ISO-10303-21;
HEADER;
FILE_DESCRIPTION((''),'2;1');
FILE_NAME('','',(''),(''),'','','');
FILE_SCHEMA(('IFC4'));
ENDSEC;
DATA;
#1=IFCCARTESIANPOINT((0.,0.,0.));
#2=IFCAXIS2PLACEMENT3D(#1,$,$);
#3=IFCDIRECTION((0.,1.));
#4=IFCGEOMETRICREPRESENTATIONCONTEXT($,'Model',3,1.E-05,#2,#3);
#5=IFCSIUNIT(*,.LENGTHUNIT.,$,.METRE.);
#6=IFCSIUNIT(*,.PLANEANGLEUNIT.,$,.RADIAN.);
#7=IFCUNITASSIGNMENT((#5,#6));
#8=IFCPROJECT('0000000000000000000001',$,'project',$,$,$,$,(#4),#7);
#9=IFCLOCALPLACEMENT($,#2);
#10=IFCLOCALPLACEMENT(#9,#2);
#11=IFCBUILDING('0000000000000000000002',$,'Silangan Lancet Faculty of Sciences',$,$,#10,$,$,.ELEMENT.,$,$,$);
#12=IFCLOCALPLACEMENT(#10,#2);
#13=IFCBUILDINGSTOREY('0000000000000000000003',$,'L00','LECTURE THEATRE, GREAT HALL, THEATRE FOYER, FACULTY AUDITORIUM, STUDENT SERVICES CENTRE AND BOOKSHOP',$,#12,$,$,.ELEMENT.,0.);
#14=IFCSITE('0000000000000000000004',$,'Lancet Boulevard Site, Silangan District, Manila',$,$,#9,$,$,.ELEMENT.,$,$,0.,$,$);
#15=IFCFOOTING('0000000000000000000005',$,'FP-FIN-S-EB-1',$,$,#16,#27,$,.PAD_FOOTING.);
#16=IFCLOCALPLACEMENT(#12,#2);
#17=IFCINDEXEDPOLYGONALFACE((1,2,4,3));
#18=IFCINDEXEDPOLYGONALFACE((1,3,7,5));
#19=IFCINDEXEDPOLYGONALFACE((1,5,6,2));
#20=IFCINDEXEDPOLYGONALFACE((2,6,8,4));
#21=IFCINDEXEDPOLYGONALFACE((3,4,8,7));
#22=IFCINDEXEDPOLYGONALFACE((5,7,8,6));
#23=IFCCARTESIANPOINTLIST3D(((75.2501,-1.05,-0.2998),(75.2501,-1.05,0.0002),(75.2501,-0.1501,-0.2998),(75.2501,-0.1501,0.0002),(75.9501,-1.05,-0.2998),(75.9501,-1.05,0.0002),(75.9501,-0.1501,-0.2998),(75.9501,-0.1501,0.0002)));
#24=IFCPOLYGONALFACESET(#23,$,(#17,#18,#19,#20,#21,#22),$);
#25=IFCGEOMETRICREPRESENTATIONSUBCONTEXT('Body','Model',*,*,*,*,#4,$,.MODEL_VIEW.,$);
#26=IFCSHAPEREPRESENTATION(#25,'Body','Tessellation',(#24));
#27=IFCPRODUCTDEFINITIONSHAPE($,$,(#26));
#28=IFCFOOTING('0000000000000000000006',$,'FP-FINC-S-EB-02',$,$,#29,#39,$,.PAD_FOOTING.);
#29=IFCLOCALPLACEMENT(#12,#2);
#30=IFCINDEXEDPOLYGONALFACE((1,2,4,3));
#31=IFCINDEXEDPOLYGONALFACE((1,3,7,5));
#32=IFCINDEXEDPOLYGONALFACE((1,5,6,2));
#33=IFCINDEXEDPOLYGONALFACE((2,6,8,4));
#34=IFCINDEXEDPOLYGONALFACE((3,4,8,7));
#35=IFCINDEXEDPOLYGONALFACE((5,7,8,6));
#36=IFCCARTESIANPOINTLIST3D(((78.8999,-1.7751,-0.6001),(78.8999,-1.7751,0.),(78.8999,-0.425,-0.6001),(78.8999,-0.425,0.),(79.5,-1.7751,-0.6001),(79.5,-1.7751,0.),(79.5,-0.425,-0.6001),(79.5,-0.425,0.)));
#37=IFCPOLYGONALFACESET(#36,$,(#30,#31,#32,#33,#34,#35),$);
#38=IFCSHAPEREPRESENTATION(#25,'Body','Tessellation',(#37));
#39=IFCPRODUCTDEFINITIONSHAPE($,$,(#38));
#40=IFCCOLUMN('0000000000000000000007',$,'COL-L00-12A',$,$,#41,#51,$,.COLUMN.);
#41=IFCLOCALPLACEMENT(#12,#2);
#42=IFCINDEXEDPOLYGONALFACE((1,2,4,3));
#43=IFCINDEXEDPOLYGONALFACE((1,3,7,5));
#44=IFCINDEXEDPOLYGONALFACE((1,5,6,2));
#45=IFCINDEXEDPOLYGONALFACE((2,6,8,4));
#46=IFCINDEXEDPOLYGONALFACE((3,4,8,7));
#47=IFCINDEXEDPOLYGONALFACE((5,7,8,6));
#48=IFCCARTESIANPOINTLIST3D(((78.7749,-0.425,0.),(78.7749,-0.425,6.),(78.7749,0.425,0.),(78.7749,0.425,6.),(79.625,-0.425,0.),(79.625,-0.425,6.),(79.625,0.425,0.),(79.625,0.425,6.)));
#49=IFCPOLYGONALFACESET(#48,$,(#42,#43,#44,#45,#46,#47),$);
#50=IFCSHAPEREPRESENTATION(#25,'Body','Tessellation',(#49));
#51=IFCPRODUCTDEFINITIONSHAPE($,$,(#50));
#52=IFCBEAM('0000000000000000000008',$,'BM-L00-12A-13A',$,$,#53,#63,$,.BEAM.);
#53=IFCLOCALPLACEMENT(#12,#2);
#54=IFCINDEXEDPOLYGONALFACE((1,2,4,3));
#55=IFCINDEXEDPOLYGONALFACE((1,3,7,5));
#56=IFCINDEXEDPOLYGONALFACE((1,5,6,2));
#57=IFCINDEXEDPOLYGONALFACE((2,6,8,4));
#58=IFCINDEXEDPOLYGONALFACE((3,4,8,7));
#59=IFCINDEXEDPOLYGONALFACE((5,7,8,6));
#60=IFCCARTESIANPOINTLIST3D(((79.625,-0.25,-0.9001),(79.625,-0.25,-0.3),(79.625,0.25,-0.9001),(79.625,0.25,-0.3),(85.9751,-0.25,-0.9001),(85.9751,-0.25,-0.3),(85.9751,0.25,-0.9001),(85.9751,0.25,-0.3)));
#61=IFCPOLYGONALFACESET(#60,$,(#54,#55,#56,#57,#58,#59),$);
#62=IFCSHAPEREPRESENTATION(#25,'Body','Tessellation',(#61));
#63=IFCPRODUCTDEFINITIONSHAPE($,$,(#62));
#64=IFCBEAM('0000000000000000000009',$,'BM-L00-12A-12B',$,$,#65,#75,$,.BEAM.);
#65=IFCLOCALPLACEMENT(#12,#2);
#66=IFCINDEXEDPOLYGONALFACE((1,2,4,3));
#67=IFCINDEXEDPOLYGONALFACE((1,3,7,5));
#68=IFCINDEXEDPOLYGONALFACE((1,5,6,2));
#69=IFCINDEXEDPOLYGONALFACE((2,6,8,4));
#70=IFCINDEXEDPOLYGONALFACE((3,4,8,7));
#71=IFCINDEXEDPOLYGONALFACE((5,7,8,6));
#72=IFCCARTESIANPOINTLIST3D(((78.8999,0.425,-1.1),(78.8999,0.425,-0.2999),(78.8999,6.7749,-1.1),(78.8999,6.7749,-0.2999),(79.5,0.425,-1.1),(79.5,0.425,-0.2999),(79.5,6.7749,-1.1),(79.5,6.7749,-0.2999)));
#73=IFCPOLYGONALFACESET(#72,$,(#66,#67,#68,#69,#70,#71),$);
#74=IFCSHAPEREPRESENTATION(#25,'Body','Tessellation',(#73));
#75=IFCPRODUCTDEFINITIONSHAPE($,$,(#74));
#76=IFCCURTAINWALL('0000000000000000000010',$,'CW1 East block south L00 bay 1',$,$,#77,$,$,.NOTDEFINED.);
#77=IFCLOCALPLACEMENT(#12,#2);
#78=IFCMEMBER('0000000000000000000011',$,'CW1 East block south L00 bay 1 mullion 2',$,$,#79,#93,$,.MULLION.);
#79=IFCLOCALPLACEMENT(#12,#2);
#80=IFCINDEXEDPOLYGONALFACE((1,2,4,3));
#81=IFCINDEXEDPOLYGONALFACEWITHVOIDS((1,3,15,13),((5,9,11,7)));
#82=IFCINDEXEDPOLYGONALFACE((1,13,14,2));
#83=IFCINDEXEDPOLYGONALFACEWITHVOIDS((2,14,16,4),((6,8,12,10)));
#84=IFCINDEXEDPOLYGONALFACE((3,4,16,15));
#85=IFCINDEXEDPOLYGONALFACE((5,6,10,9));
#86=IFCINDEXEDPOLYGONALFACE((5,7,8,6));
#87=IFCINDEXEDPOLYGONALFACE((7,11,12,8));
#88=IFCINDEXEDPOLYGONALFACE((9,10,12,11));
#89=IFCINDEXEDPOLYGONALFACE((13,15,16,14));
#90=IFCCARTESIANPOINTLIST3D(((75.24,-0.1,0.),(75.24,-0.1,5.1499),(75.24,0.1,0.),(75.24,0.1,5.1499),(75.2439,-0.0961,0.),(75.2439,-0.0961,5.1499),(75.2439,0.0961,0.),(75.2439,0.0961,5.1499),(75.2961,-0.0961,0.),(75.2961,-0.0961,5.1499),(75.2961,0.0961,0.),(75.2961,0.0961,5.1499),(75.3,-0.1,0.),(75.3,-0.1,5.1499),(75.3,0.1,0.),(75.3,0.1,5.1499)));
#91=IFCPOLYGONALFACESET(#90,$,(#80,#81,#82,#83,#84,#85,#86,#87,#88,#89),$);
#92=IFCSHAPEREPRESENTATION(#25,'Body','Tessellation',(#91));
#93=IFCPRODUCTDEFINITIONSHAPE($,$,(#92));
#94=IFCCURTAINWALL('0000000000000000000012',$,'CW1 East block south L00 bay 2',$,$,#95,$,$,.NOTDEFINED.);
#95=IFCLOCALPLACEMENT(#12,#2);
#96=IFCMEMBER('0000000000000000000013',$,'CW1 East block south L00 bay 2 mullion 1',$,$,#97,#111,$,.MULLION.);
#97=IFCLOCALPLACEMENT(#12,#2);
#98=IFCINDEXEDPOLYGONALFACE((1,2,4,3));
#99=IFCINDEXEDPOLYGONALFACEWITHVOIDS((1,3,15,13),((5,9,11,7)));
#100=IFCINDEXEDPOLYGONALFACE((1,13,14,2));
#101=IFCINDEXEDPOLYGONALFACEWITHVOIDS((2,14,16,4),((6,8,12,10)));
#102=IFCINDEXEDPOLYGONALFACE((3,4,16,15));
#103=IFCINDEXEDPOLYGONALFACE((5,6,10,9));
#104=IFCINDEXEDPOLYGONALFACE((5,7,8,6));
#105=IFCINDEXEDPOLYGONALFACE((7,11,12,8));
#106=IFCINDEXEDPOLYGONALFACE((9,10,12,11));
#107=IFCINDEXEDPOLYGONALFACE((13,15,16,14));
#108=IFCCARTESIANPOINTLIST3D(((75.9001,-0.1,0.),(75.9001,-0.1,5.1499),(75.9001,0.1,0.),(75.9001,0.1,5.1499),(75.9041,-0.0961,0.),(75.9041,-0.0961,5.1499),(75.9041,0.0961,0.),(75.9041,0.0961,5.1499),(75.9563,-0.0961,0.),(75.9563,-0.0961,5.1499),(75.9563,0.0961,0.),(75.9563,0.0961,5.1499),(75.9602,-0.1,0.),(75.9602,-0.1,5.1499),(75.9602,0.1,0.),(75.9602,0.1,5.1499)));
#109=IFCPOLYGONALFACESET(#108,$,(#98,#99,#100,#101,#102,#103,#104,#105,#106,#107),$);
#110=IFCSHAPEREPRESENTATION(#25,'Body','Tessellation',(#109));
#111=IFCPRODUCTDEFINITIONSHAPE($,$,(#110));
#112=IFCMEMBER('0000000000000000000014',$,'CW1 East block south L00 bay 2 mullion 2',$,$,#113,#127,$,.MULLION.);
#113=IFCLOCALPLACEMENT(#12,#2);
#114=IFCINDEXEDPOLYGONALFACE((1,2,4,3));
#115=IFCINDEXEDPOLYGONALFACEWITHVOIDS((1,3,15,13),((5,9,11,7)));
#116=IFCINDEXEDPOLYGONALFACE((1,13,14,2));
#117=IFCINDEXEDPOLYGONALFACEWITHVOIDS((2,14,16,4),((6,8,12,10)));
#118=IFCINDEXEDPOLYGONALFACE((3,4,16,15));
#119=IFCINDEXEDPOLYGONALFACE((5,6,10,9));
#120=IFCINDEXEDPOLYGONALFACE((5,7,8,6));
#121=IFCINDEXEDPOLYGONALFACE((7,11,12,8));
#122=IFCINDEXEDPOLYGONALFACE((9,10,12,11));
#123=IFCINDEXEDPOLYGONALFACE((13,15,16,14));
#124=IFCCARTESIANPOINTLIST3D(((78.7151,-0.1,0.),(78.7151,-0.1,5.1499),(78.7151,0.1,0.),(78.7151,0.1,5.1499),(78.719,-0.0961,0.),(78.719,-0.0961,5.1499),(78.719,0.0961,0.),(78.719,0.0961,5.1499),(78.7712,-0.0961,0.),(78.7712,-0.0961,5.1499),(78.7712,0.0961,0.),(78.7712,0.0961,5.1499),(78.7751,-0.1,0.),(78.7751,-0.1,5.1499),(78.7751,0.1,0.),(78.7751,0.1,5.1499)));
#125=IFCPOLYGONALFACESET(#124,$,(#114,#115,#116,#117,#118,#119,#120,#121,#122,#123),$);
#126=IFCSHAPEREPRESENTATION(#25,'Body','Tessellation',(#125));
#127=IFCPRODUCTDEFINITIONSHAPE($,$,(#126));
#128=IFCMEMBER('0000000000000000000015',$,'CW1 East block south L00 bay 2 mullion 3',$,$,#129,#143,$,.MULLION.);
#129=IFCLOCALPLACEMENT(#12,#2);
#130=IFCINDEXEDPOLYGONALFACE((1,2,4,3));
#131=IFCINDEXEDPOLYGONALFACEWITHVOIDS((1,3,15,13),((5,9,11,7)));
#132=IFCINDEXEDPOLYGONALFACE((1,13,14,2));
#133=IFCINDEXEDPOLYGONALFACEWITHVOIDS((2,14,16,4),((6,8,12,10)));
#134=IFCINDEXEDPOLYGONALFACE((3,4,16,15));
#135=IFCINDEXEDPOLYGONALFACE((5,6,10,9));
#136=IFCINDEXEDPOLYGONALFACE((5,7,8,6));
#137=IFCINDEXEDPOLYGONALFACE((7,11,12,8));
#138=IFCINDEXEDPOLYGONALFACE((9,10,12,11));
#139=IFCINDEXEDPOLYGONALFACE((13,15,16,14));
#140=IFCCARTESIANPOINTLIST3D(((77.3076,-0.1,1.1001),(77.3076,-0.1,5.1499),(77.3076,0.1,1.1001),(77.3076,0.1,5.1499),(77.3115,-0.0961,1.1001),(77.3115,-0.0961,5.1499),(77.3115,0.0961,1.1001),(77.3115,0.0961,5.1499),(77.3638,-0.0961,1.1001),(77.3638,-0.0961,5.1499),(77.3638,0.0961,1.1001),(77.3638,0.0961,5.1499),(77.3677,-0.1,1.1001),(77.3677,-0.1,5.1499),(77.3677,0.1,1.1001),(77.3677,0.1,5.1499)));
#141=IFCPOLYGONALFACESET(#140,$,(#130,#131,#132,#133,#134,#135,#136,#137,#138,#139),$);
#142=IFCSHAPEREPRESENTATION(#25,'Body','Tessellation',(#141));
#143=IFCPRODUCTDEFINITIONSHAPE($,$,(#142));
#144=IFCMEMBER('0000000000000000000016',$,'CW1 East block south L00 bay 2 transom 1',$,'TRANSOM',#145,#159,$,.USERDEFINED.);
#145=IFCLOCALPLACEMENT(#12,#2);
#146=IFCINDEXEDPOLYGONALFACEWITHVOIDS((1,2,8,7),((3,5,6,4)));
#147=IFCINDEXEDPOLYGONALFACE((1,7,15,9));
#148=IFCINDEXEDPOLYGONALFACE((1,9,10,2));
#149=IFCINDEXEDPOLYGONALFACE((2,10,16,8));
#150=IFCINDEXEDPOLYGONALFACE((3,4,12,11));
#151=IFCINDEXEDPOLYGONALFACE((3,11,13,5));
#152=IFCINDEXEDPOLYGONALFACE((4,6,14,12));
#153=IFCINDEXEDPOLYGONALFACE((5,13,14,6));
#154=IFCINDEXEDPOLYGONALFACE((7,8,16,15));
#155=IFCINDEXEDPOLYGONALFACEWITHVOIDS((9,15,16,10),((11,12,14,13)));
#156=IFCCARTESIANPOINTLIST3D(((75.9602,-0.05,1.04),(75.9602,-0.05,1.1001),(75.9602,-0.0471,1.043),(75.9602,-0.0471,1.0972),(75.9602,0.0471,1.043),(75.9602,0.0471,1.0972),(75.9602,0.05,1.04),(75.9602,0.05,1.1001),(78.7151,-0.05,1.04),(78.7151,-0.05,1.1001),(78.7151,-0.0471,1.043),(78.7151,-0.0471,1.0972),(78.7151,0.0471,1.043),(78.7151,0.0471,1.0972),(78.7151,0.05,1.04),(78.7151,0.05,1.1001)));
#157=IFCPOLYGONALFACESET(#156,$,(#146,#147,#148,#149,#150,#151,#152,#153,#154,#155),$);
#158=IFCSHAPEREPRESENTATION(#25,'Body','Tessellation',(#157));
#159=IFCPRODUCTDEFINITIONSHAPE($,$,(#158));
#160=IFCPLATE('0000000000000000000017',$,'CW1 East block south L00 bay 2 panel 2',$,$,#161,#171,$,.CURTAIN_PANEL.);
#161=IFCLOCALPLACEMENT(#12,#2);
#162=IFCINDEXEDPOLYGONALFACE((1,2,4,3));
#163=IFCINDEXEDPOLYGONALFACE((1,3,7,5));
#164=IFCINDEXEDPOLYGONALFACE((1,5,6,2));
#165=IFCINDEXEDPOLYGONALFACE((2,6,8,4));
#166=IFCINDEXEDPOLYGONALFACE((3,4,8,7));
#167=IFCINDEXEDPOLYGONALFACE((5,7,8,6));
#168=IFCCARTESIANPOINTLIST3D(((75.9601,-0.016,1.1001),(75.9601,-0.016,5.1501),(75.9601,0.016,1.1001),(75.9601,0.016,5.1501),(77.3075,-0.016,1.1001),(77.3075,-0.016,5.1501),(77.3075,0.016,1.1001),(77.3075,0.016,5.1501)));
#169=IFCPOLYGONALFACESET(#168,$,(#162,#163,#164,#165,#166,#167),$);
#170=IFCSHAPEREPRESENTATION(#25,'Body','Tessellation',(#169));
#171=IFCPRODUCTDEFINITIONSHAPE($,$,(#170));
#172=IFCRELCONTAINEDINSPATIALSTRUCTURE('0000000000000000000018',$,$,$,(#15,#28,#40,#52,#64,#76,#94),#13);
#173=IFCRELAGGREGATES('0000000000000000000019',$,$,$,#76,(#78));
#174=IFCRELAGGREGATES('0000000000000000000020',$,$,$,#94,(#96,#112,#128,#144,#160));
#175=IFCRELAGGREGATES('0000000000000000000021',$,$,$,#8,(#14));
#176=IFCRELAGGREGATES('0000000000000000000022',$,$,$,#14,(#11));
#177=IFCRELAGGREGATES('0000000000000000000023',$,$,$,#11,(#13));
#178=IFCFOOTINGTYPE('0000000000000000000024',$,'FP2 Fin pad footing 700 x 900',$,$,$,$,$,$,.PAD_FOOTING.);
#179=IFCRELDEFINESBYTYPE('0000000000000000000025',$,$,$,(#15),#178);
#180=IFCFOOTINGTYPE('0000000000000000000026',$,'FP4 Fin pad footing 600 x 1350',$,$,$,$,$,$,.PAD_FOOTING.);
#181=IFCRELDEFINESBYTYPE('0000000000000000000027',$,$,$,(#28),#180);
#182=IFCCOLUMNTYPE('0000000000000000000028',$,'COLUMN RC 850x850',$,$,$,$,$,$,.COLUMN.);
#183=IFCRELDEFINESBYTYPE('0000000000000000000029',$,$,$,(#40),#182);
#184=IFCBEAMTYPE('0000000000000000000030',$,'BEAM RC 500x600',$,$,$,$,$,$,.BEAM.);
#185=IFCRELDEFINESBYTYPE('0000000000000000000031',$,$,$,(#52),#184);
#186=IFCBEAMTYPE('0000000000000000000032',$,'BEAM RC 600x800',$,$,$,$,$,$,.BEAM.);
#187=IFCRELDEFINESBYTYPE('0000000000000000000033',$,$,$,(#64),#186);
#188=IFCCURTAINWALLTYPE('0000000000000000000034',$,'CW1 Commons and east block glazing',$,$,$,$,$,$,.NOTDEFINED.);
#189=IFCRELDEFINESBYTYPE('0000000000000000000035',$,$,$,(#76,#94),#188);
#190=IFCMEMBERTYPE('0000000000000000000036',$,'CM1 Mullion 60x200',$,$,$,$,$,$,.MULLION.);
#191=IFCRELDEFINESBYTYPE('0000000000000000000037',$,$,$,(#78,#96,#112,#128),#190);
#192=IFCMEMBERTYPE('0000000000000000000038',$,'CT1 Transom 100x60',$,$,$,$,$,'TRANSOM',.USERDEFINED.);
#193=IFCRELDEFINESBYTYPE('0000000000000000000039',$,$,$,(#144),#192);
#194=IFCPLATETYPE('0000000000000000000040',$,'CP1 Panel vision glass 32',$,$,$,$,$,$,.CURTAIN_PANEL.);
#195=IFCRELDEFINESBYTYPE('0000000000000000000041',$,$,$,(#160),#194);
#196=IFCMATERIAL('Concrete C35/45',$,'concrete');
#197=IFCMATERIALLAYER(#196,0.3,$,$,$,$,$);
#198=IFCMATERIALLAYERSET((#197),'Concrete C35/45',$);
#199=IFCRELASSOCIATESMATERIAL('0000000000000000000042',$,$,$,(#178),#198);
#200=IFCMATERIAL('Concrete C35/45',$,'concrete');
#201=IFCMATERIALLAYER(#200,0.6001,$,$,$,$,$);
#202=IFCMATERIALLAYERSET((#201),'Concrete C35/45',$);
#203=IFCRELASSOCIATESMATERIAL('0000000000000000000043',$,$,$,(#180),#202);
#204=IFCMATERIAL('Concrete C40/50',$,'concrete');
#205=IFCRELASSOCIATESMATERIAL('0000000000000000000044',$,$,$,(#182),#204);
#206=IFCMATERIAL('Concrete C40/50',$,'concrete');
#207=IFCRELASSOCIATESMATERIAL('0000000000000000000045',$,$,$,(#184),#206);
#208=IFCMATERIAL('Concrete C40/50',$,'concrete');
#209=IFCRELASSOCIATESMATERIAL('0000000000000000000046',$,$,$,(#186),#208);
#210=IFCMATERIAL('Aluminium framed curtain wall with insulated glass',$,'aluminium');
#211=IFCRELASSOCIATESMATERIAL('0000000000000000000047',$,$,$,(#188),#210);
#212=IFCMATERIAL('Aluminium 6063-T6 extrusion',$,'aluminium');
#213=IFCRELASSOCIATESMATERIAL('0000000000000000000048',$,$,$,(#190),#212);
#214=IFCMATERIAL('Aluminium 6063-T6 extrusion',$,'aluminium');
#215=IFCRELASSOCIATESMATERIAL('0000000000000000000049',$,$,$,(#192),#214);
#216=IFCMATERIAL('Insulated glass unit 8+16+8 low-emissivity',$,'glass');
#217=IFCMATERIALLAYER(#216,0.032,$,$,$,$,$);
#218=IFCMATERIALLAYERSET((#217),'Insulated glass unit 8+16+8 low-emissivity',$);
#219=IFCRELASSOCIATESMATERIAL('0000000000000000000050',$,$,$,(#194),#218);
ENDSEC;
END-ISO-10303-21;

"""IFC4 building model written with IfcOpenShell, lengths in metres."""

from ifc_helpers import new_model, si_unit, direction, frame, origin, origin_2d, place, context, subcontext, project, spatial, rectangle, hollow_rectangle, extrude, material, layer, layer_set, material_profile, profile_set, type_object, element, aggregate, save


model = new_model("IFC4")

# Units and contexts
model_context = context("Model", 3, precision=1e-05, world=origin(), true_north=direction((0.0, 1.0)))
body_context = subcontext(model_context, "Body", "Model", "MODEL_VIEW")
ifc_project = project(units=[si_unit("LENGTHUNIT", "METRE"), si_unit("PLANEANGLEUNIT", "RADIAN")], contexts=[model_context])

# Site, building, storey
site_placement = place(None, origin())
site = spatial("IfcSite", under=ifc_project, at=site_placement, Name="Lancet Boulevard Site, Silangan District, Manila", CompositionType="ELEMENT", RefElevation=0.0)
building_placement = place(site_placement, origin())
building = spatial("IfcBuilding", under=site, at=building_placement, Name="Silangan Lancet Faculty of Sciences", CompositionType="ELEMENT")
storey_placement = place(building_placement, origin())
storey = spatial("IfcBuildingStorey", under=building, at=storey_placement, Name="L00", Description="LECTURE THEATRE, GREAT HALL, THEATRE FOYER, FACULTY AUDITORIUM, STUDENT SERVICES CENTRE AND BOOKSHOP", CompositionType="ELEMENT", Elevation=0.0)

# Footings
ifc_material_1 = material(Name="Concrete C35/45", Category="concrete")
ifc_layer_1 = layer(ifc_material_1, 0.3)
ifc_layer_set_1 = layer_set([ifc_layer_1], Name="Concrete C35/45")
footing_type_1 = type_object("IfcFootingType", Name="FP2 Fin pad footing 700 x 900", PredefinedType="PAD_FOOTING", material=ifc_layer_set_1)
footing_1_placement = place(storey_placement, frame((75.6001, -0.6001, -0.2998), z_axis=(0.0, 0.0, 1.0), x_axis=(1.0, 0.0, 0.0)))
element("IfcFooting", 1, at=footing_1_placement, inside=storey, type_object=footing_type_1, Name="FP-FIN-S-EB-1", PredefinedType="PAD_FOOTING", context=body_context, shape_type="SweptSolid", body=[
    extrude(rectangle(XDim=0.7, YDim=0.8999, at=origin_2d()), origin(), (0.0, 0.0, 1.0), 0.3),
])
ifc_material_2 = material(Name="Concrete C35/45", Category="concrete")
ifc_layer_2 = layer(ifc_material_2, 0.6001)
ifc_layer_set_2 = layer_set([ifc_layer_2], Name="Concrete C35/45")
footing_type_2 = type_object("IfcFootingType", Name="FP4 Fin pad footing 600 x 1350", PredefinedType="PAD_FOOTING", material=ifc_layer_set_2)
footing_2_placement = place(storey_placement, frame((79.2, -1.1001, -0.6001), z_axis=(0.0, 0.0, 1.0), x_axis=(1.0, 0.0, 0.0)))
element("IfcFooting", 2, at=footing_2_placement, inside=storey, type_object=footing_type_2, Name="FP-FINC-S-EB-02", PredefinedType="PAD_FOOTING", context=body_context, shape_type="SweptSolid", body=[
    extrude(rectangle(XDim=0.6001, YDim=1.3501, at=origin_2d()), origin(), (0.0, 0.0, 1.0), 0.6001),
])

# Column
ifc_material_3 = material(Name="Concrete C40/50", Category="concrete")
ifc_material_profile_1 = material_profile(ifc_material_3, rectangle(XDim=0.8501, YDim=0.8501, at=origin_2d()), Name="RC 850x850")
ifc_profile_set_1 = profile_set([ifc_material_profile_1], Name="Concrete C40/50")
column_type = type_object("IfcColumnType", Name="COLUMN RC 850x850", PredefinedType="COLUMN", material=ifc_profile_set_1)
column_placement = place(storey_placement, frame((79.2, 0.0, 0.0), z_axis=(0.0, 0.0, 1.0), x_axis=(1.0, 0.0, 0.0)))
element("IfcColumn", 3, at=column_placement, inside=storey, type_object=column_type, Name="COL-L00-12A", PredefinedType="COLUMN", context=body_context, shape_type="SweptSolid", body=[
    extrude(rectangle(XDim=0.8501, YDim=0.8501, at=origin_2d()), origin(), (0.0, 0.0, 1.0), 6.0),
])

# Beams
ifc_material_4 = material(Name="Concrete C40/50", Category="concrete")
ifc_material_profile_2 = material_profile(ifc_material_4, rectangle(XDim=0.5, YDim=0.6001, at=origin_2d()), Name="RC 500x600")
ifc_profile_set_2 = profile_set([ifc_material_profile_2], Name="Concrete C40/50")
beam_type_1 = type_object("IfcBeamType", Name="BEAM RC 500x600", PredefinedType="BEAM", material=ifc_profile_set_2)
beam_1_placement = place(storey_placement, frame((79.625, 0.0, -0.6001), z_axis=(1.0, 0.0, 0.0), x_axis=(0.0, 1.0, 0.0)))
element("IfcBeam", 4, at=beam_1_placement, inside=storey, type_object=beam_type_1, Name="BM-L00-12A-13A", PredefinedType="BEAM", context=body_context, shape_type="SweptSolid", body=[
    extrude(rectangle(XDim=0.5, YDim=0.6001, at=origin_2d()), origin(), (0.0, 0.0, 1.0), 6.3501),
])
ifc_material_5 = material(Name="Concrete C40/50", Category="concrete")
ifc_material_profile_3 = material_profile(ifc_material_5, rectangle(XDim=0.6001, YDim=0.8, at=origin_2d()), Name="RC 600x800")
ifc_profile_set_3 = profile_set([ifc_material_profile_3], Name="Concrete C40/50")
beam_type_2 = type_object("IfcBeamType", Name="BEAM RC 600x800", PredefinedType="BEAM", material=ifc_profile_set_3)
beam_2_placement = place(storey_placement, frame((79.2, 0.425, -0.7), z_axis=(0.0, 1.0, 0.0), x_axis=(-1.0, 0.0, 0.0)))
element("IfcBeam", 5, at=beam_2_placement, inside=storey, type_object=beam_type_2, Name="BM-L00-12A-12B", PredefinedType="BEAM", context=body_context, shape_type="SweptSolid", body=[
    extrude(rectangle(XDim=0.6001, YDim=0.8, at=origin_2d()), origin(), (0.0, 0.0, 1.0), 6.3499),
])

# Curtain wall, member
ifc_material_6 = material(Name="Aluminium framed curtain wall with insulated glass", Category="aluminium")
curtain_wall_type = type_object("IfcCurtainWallType", Name="CW1 Commons and east block glazing", PredefinedType="NOTDEFINED", material=ifc_material_6)
curtain_wall_1_placement = place(storey_placement, origin())
curtain_wall_1 = element("IfcCurtainWall", 6, at=curtain_wall_1_placement, inside=storey, type_object=curtain_wall_type, Name="CW1 East block south L00 bay 1", PredefinedType="NOTDEFINED")
ifc_material_7 = material(Name="Aluminium 6063-T6 extrusion", Category="aluminium")
ifc_material_profile_4 = material_profile(ifc_material_7, hollow_rectangle(XDim=0.0601, YDim=0.2, WallThickness=0.0039, at=origin_2d()), Name="AL BOX 60x200x4")
ifc_profile_set_4 = profile_set([ifc_material_profile_4], Name="Aluminium 6063-T6 extrusion")
member_type_1 = type_object("IfcMemberType", Name="CM1 Mullion 60x200", PredefinedType="MULLION", material=ifc_profile_set_4)
member_1_placement = place(storey_placement, frame((75.27, 0.0, 0.0), z_axis=(0.0, 0.0, 1.0), x_axis=(1.0, 0.0, 0.0)))
member_1 = element("IfcMember", 7, at=member_1_placement, type_object=member_type_1, Name="CW1 East block south L00 bay 1 mullion 2", PredefinedType="MULLION", context=body_context, shape_type="SweptSolid", body=[
    extrude(hollow_rectangle(XDim=0.0601, YDim=0.2, WallThickness=0.0039, at=origin_2d()), origin(), (0.0, 0.0, 1.0), 5.1499),
])
aggregate(curtain_wall_1, [member_1])

# Curtain wall, members, plate
curtain_wall_2_placement = place(storey_placement, origin())
curtain_wall_2 = element("IfcCurtainWall", 8, at=curtain_wall_2_placement, inside=storey, type_object=curtain_wall_type, Name="CW1 East block south L00 bay 2", PredefinedType="NOTDEFINED")
member_2_placement = place(storey_placement, frame((75.9302, 0.0, 0.0), z_axis=(0.0, 0.0, 1.0), x_axis=(1.0, 0.0, 0.0)))
member_2 = element("IfcMember", 9, at=member_2_placement, type_object=member_type_1, Name="CW1 East block south L00 bay 2 mullion 1", PredefinedType="MULLION", context=body_context, shape_type="SweptSolid", body=[
    extrude(hollow_rectangle(XDim=0.0601, YDim=0.2, WallThickness=0.0039, at=origin_2d()), origin(), (0.0, 0.0, 1.0), 5.1499),
])
member_3_placement = place(storey_placement, frame((78.7451, 0.0, 0.0), z_axis=(0.0, 0.0, 1.0), x_axis=(1.0, 0.0, 0.0)))
member_3 = element("IfcMember", 10, at=member_3_placement, type_object=member_type_1, Name="CW1 East block south L00 bay 2 mullion 2", PredefinedType="MULLION", context=body_context, shape_type="SweptSolid", body=[
    extrude(hollow_rectangle(XDim=0.0601, YDim=0.2, WallThickness=0.0039, at=origin_2d()), origin(), (0.0, 0.0, 1.0), 5.1499),
])
member_4_placement = place(storey_placement, frame((77.3376, 0.0, 1.1001), z_axis=(0.0, 0.0, 1.0), x_axis=(1.0, 0.0, 0.0)))
member_4 = element("IfcMember", 11, at=member_4_placement, type_object=member_type_1, Name="CW1 East block south L00 bay 2 mullion 3", PredefinedType="MULLION", context=body_context, shape_type="SweptSolid", body=[
    extrude(hollow_rectangle(XDim=0.0601, YDim=0.2, WallThickness=0.0039, at=origin_2d()), origin(), (0.0, 0.0, 1.0), 4.0498),
])
ifc_material_8 = material(Name="Aluminium 6063-T6 extrusion", Category="aluminium")
ifc_material_profile_5 = material_profile(ifc_material_8, hollow_rectangle(XDim=0.1001, YDim=0.0601, WallThickness=0.0029, at=origin_2d()), Name="AL BOX 100x60x3")
ifc_profile_set_5 = profile_set([ifc_material_profile_5], Name="Aluminium 6063-T6 extrusion")
member_type_2 = type_object("IfcMemberType", Name="CT1 Transom 100x60", ElementType="TRANSOM", PredefinedType="USERDEFINED", material=ifc_profile_set_5)
member_5_placement = place(storey_placement, frame((75.9602, 0.0, 1.0701), z_axis=(1.0, 0.0, 0.0), x_axis=(0.0, 1.0, 0.0)))
member_5 = element("IfcMember", 12, at=member_5_placement, type_object=member_type_2, Name="CW1 East block south L00 bay 2 transom 1", ObjectType="TRANSOM", PredefinedType="USERDEFINED", context=body_context, shape_type="SweptSolid", body=[
    extrude(hollow_rectangle(XDim=0.1001, YDim=0.0601, WallThickness=0.0029, at=origin_2d()), origin(), (0.0, 0.0, 1.0), 2.7549),
])
ifc_material_9 = material(Name="Insulated glass unit 8+16+8 low-emissivity", Category="glass")
ifc_layer_3 = layer(ifc_material_9, 0.032)
ifc_layer_set_3 = layer_set([ifc_layer_3], Name="Insulated glass unit 8+16+8 low-emissivity")
plate_type_1 = type_object("IfcPlateType", Name="CP1 Panel vision glass 32", PredefinedType="CURTAIN_PANEL", material=ifc_layer_set_3)
plate_1_placement = place(storey_placement, frame((76.6338, 0.0, 1.1001), z_axis=(0.0, 0.0, 1.0), x_axis=(1.0, 0.0, 0.0)))
plate_1 = element("IfcPlate", 13, at=plate_1_placement, type_object=plate_type_1, Name="CW1 East block south L00 bay 2 panel 2", PredefinedType="CURTAIN_PANEL", context=body_context, shape_type="SweptSolid", body=[
    extrude(rectangle(XDim=1.3474, YDim=0.032, at=origin_2d()), origin(), (0.0, 0.0, 1.0), 4.05),
])
aggregate(curtain_wall_2, [member_2, member_3, member_4, member_5, plate_1])

save(model, "model.ifc")
